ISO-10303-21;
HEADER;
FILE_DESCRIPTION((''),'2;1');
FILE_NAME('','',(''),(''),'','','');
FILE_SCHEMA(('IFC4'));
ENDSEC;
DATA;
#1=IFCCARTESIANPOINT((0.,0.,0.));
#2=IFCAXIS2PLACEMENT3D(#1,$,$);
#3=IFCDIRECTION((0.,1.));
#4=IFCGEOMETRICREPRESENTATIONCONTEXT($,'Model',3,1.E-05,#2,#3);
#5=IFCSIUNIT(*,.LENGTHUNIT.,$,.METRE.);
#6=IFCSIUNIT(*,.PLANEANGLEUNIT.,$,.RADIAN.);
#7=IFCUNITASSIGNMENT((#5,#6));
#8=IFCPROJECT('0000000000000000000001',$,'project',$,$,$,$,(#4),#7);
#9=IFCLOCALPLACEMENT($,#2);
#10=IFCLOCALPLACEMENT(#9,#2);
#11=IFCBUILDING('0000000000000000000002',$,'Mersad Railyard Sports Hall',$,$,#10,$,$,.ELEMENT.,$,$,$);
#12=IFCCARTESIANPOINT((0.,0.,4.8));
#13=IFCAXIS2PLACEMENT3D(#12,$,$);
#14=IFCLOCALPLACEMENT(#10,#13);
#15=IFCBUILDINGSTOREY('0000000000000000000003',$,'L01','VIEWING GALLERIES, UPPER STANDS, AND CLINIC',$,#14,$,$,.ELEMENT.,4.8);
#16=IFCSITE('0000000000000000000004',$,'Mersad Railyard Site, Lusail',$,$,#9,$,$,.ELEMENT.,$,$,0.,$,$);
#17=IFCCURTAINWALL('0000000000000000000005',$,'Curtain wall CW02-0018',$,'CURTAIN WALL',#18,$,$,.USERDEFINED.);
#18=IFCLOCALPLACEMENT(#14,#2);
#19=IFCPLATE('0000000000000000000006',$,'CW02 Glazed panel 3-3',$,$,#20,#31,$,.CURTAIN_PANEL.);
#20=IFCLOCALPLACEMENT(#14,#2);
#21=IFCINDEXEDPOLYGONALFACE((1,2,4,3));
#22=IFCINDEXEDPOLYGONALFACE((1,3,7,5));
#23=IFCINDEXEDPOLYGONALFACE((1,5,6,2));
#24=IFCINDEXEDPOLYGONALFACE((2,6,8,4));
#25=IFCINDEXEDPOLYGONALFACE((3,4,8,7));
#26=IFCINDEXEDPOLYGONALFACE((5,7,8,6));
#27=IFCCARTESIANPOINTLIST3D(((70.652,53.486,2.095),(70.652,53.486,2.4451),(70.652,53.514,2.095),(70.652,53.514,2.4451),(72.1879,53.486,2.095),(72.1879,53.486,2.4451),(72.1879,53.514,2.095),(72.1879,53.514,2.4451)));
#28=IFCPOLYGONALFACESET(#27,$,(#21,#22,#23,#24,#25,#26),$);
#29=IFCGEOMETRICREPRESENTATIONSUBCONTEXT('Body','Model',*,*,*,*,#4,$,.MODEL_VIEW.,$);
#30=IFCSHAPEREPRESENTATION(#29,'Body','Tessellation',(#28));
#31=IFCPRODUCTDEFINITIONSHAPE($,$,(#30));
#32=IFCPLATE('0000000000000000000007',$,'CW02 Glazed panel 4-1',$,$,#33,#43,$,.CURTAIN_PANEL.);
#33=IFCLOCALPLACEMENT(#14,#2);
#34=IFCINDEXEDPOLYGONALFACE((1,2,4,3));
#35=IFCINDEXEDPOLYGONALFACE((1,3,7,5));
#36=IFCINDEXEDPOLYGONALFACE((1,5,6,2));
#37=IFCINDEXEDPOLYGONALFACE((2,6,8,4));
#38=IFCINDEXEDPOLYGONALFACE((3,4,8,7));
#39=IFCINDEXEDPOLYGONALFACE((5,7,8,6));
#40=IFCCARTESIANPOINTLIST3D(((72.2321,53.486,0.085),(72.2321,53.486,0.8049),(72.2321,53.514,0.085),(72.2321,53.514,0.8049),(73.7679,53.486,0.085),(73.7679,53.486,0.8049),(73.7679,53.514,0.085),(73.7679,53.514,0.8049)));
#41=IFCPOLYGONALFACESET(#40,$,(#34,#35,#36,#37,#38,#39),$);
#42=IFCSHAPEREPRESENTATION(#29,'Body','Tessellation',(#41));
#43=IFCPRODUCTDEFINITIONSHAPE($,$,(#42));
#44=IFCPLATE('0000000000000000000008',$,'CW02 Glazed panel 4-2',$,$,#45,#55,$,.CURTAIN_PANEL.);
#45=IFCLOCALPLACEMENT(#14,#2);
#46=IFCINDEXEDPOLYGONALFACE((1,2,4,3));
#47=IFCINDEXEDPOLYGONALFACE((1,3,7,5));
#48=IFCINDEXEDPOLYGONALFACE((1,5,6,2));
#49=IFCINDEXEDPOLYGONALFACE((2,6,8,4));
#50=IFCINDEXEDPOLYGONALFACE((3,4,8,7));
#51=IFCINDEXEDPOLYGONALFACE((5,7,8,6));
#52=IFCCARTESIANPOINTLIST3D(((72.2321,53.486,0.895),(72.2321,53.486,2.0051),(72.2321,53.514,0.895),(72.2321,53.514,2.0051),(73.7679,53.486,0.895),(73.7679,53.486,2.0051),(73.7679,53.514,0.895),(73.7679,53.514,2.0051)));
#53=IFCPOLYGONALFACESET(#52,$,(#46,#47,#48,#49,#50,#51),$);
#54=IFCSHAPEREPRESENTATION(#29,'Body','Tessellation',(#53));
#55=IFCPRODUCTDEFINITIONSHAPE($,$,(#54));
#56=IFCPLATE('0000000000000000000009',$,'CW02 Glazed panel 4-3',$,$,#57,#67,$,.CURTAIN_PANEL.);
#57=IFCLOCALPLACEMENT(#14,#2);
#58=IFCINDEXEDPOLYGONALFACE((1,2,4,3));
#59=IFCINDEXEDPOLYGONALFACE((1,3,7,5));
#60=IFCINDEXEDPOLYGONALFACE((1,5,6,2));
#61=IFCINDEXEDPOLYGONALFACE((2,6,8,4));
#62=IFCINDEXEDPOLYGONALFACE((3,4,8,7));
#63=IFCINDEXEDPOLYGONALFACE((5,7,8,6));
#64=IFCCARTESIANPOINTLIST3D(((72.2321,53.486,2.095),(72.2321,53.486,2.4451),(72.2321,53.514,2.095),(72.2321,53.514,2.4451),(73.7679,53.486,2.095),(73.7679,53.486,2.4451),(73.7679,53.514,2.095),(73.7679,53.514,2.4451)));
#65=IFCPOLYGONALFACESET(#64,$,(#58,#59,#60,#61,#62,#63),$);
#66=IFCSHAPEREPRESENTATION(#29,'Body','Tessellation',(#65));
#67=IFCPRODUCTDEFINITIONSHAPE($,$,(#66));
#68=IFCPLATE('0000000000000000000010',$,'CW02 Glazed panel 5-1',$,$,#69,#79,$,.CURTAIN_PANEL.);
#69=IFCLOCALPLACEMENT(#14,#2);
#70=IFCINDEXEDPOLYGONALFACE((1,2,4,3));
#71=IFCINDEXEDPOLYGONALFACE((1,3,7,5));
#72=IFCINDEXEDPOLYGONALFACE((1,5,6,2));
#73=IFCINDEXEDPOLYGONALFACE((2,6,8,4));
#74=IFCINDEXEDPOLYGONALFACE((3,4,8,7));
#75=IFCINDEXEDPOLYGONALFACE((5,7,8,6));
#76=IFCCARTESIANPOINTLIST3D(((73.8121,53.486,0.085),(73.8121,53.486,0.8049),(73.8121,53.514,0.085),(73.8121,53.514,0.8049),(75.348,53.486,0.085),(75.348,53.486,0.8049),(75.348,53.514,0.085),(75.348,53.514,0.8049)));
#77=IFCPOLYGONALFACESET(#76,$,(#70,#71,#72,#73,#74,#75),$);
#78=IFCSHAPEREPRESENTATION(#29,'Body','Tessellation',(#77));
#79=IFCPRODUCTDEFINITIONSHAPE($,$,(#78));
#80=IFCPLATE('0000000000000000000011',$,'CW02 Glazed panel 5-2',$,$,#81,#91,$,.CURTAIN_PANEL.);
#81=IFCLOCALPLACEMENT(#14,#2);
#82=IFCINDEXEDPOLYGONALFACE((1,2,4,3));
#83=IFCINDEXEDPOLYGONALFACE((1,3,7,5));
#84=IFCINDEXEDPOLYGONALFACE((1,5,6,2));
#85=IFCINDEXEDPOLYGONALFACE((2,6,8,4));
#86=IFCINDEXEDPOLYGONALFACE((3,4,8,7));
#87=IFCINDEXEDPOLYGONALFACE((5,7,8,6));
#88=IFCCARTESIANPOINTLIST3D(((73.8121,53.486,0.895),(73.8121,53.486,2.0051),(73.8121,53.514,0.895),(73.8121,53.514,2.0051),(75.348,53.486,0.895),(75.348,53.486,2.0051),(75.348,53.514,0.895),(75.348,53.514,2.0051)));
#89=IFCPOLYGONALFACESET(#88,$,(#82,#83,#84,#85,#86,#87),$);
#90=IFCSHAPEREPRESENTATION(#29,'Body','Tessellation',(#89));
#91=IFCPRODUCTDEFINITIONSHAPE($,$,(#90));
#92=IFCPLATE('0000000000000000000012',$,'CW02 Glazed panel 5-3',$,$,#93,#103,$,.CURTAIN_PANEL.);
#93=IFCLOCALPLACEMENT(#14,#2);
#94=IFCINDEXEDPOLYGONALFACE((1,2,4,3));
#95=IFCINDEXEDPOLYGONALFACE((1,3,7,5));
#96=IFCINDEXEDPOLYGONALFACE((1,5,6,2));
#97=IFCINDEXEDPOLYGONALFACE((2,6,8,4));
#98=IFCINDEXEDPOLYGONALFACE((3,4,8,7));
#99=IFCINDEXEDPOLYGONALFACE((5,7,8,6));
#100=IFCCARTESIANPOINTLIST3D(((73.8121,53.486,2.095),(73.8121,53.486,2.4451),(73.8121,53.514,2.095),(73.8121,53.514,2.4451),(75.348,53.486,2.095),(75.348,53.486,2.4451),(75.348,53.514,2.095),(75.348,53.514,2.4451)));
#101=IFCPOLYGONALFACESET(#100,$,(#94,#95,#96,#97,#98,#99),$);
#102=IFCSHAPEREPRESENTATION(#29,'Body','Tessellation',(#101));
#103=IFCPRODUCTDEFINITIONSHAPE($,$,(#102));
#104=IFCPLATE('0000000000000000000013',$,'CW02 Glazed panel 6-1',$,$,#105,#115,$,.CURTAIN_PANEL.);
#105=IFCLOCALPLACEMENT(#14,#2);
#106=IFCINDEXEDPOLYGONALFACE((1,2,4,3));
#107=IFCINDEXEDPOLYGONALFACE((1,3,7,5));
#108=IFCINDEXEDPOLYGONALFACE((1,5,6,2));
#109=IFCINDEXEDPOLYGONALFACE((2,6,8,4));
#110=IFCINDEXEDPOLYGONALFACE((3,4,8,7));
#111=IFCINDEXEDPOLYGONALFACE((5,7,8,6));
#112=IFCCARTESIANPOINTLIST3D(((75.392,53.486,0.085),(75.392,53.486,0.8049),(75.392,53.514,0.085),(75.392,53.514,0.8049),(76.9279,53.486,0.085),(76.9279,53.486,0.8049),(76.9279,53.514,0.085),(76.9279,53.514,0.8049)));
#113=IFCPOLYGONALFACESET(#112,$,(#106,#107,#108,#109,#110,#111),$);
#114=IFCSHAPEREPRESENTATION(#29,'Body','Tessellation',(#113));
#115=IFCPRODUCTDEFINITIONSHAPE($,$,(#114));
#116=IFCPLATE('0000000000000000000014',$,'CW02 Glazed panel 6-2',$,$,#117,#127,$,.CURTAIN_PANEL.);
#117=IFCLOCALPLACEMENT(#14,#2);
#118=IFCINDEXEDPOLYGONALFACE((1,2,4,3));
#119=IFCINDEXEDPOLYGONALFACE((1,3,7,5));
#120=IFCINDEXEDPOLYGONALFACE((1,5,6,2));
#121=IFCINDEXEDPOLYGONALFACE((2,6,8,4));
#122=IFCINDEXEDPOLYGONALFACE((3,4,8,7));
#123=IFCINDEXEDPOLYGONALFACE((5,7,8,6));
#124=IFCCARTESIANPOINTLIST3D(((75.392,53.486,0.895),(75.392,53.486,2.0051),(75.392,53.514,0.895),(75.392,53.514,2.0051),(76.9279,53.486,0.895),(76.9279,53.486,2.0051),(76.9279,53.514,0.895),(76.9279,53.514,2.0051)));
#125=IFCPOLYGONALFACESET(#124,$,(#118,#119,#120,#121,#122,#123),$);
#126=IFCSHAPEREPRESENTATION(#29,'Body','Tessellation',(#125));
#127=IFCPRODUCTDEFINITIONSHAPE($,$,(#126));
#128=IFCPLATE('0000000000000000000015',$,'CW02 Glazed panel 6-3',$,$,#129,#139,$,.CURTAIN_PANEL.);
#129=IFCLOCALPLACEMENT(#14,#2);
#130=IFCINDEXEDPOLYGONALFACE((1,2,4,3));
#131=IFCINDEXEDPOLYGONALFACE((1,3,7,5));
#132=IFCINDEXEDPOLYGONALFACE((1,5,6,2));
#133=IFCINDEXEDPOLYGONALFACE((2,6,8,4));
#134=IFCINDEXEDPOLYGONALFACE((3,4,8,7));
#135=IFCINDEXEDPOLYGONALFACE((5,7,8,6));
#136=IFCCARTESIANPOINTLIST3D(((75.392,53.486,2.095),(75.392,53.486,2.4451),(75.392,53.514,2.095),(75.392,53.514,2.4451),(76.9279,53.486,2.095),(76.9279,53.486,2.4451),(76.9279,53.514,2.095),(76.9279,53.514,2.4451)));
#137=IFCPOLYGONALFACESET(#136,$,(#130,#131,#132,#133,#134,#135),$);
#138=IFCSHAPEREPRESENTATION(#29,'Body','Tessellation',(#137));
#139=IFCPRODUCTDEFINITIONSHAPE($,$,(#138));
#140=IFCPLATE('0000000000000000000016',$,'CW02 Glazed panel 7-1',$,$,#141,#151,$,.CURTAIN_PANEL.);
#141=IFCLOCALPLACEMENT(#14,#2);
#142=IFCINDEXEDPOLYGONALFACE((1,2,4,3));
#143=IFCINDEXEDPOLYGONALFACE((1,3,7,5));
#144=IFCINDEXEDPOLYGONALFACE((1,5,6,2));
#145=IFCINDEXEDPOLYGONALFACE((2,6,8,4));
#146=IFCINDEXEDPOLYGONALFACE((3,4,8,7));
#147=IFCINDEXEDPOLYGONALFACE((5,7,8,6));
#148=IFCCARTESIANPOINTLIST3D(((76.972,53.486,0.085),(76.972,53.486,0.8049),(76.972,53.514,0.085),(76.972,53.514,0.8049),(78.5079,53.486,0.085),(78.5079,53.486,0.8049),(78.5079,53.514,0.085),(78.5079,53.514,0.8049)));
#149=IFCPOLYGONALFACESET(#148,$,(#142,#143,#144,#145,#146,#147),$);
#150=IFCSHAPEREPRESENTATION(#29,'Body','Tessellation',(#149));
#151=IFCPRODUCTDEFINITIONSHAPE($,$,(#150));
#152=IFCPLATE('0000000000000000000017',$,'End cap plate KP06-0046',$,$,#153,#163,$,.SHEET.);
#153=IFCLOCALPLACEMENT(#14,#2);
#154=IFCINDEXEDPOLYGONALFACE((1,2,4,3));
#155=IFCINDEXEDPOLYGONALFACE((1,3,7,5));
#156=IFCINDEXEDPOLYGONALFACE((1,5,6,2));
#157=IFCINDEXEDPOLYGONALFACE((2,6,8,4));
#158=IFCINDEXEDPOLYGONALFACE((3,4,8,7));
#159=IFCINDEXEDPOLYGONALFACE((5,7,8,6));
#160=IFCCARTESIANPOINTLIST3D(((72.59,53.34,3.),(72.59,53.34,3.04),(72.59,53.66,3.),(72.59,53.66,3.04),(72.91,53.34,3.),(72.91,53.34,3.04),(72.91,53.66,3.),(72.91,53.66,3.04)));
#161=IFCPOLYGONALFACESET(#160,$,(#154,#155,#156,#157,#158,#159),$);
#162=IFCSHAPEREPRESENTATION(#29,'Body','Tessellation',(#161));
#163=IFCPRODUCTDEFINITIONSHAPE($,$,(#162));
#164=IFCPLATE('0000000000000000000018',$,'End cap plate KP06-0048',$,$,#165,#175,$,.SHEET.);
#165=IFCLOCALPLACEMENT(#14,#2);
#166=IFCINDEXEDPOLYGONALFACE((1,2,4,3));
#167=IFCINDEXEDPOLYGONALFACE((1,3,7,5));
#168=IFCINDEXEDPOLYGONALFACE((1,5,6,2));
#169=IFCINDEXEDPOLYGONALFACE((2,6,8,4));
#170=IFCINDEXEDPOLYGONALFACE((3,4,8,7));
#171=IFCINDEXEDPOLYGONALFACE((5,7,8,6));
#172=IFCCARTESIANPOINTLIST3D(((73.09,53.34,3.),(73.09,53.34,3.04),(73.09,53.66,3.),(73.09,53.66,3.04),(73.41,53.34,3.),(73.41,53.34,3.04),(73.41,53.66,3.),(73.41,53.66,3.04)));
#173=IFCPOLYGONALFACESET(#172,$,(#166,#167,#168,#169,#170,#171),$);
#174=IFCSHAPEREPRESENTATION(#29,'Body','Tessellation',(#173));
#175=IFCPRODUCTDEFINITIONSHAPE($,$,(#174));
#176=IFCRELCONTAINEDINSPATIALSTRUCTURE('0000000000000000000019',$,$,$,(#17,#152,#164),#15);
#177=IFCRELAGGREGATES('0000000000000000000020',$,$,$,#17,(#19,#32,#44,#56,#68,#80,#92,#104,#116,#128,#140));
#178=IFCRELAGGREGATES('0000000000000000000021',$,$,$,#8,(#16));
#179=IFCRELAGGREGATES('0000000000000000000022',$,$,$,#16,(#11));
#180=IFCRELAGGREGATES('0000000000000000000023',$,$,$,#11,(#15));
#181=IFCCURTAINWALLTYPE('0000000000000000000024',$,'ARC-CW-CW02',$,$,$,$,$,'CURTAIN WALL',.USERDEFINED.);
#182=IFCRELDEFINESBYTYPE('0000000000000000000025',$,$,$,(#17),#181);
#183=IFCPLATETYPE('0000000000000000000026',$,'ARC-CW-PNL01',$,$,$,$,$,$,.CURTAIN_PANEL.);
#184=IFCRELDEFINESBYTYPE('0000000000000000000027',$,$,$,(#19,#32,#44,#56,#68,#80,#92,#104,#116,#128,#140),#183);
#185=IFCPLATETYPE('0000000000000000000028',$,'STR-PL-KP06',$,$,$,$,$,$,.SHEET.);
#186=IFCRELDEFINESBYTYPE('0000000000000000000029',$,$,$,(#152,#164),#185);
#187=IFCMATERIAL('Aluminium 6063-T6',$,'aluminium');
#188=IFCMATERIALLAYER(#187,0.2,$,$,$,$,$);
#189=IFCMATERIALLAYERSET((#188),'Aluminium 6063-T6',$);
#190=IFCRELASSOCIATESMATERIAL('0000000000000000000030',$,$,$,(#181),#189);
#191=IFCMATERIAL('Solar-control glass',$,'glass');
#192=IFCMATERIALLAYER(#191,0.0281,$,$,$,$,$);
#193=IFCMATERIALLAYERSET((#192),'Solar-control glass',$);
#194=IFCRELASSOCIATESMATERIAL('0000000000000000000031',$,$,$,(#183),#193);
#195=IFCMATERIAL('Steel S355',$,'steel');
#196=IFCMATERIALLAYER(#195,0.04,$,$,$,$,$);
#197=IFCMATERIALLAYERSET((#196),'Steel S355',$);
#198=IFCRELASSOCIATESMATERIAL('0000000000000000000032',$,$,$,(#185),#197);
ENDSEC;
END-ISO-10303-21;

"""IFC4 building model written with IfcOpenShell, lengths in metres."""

from ifc_helpers import new_model, si_unit, direction, frame, origin, origin_2d, place, context, subcontext, project, spatial, rectangle, extrude, material, layer, layer_set, type_object, element, aggregate, save


model = new_model("IFC4")

# Units and contexts
model_context = context("Model", 3, precision=1e-05, world=origin(), true_north=direction((0.0, 1.0)))
body_context = subcontext(model_context, "Body", "Model", "MODEL_VIEW")
ifc_project = project(units=[si_unit("LENGTHUNIT", "METRE"), si_unit("PLANEANGLEUNIT", "RADIAN")], contexts=[model_context])

# Site, building, storey
site_placement = place(None, origin())
site = spatial("IfcSite", under=ifc_project, at=site_placement, Name="Mersad Railyard Site, Lusail", CompositionType="ELEMENT", RefElevation=0.0)
building_placement = place(site_placement, origin())
building = spatial("IfcBuilding", under=site, at=building_placement, Name="Mersad Railyard Sports Hall", CompositionType="ELEMENT")
storey_placement = place(building_placement, frame((0.0, 0.0, 4.8)))
storey = spatial("IfcBuildingStorey", under=building, at=storey_placement, Name="L01", Description="VIEWING GALLERIES, UPPER STANDS, AND CLINIC", CompositionType="ELEMENT", Elevation=4.8)

# Curtain wall
ifc_material_1 = material(Name="Aluminium 6063-T6", Category="aluminium")
ifc_layer_1 = layer(ifc_material_1, 0.2)
ifc_layer_set_1 = layer_set([ifc_layer_1], Name="Aluminium 6063-T6")
curtain_wall_type = type_object("IfcCurtainWallType", Name="ARC-CW-CW02", ElementType="CURTAIN WALL", PredefinedType="USERDEFINED", material=ifc_layer_set_1)
curtain_wall_placement = place(storey_placement, origin())
curtain_wall = element("IfcCurtainWall", 1, at=curtain_wall_placement, inside=storey, type_object=curtain_wall_type, Name="Curtain wall CW02-0018", ObjectType="CURTAIN WALL", PredefinedType="USERDEFINED")

# Plates
ifc_material_2 = material(Name="Solar-control glass", Category="glass")
ifc_layer_2 = layer(ifc_material_2, 0.0281)
ifc_layer_set_2 = layer_set([ifc_layer_2], Name="Solar-control glass")
plate_type_1 = type_object("IfcPlateType", Name="ARC-CW-PNL01", PredefinedType="CURTAIN_PANEL", material=ifc_layer_set_2)
plate_1_placement = place(storey_placement, frame((71.4199, 53.5, 2.095), z_axis=(0.0, 0.0, 1.0), x_axis=(1.0, 0.0, 0.0)))
plate_1 = element("IfcPlate", 2, at=plate_1_placement, type_object=plate_type_1, Name="CW02 Glazed panel 3-3", PredefinedType="CURTAIN_PANEL", context=body_context, shape_type="SweptSolid", body=[
    extrude(rectangle(XDim=1.5359, YDim=0.0281, at=origin_2d()), origin(), (0.0, 0.0, 1.0), 0.3501),
])
plate_2_placement = place(storey_placement, frame((73.0, 53.5, 0.085), z_axis=(0.0, 0.0, 1.0), x_axis=(1.0, 0.0, 0.0)))
plate_2 = element("IfcPlate", 3, at=plate_2_placement, type_object=plate_type_1, Name="CW02 Glazed panel 4-1", PredefinedType="CURTAIN_PANEL", context=body_context, shape_type="SweptSolid", body=[
    extrude(rectangle(XDim=1.5359, YDim=0.0281, at=origin_2d()), origin(), (0.0, 0.0, 1.0), 0.72),
])
plate_3_placement = place(storey_placement, frame((73.0, 53.5, 0.895), z_axis=(0.0, 0.0, 1.0), x_axis=(1.0, 0.0, 0.0)))
plate_3 = element("IfcPlate", 4, at=plate_3_placement, type_object=plate_type_1, Name="CW02 Glazed panel 4-2", PredefinedType="CURTAIN_PANEL", context=body_context, shape_type="SweptSolid", body=[
    extrude(rectangle(XDim=1.5359, YDim=0.0281, at=origin_2d()), origin(), (0.0, 0.0, 1.0), 1.1101),
])
plate_4_placement = place(storey_placement, frame((73.0, 53.5, 2.095), z_axis=(0.0, 0.0, 1.0), x_axis=(1.0, 0.0, 0.0)))
plate_4 = element("IfcPlate", 5, at=plate_4_placement, type_object=plate_type_1, Name="CW02 Glazed panel 4-3", PredefinedType="CURTAIN_PANEL", context=body_context, shape_type="SweptSolid", body=[
    extrude(rectangle(XDim=1.5359, YDim=0.0281, at=origin_2d()), origin(), (0.0, 0.0, 1.0), 0.3501),
])
plate_5_placement = place(storey_placement, frame((74.5801, 53.5, 0.085), z_axis=(0.0, 0.0, 1.0), x_axis=(1.0, 0.0, 0.0)))
plate_5 = element("IfcPlate", 6, at=plate_5_placement, type_object=plate_type_1, Name="CW02 Glazed panel 5-1", PredefinedType="CURTAIN_PANEL", context=body_context, shape_type="SweptSolid", body=[
    extrude(rectangle(XDim=1.5359, YDim=0.0281, at=origin_2d()), origin(), (0.0, 0.0, 1.0), 0.72),
])
plate_6_placement = place(storey_placement, frame((74.5801, 53.5, 0.895), z_axis=(0.0, 0.0, 1.0), x_axis=(1.0, 0.0, 0.0)))
plate_6 = element("IfcPlate", 7, at=plate_6_placement, type_object=plate_type_1, Name="CW02 Glazed panel 5-2", PredefinedType="CURTAIN_PANEL", context=body_context, shape_type="SweptSolid", body=[
    extrude(rectangle(XDim=1.5359, YDim=0.0281, at=origin_2d()), origin(), (0.0, 0.0, 1.0), 1.1101),
])
plate_7_placement = place(storey_placement, frame((74.5801, 53.5, 2.095), z_axis=(0.0, 0.0, 1.0), x_axis=(1.0, 0.0, 0.0)))
plate_7 = element("IfcPlate", 8, at=plate_7_placement, type_object=plate_type_1, Name="CW02 Glazed panel 5-3", PredefinedType="CURTAIN_PANEL", context=body_context, shape_type="SweptSolid", body=[
    extrude(rectangle(XDim=1.5359, YDim=0.0281, at=origin_2d()), origin(), (0.0, 0.0, 1.0), 0.3501),
])
plate_8_placement = place(storey_placement, frame((76.1599, 53.5, 0.085), z_axis=(0.0, 0.0, 1.0), x_axis=(1.0, 0.0, 0.0)))
plate_8 = element("IfcPlate", 9, at=plate_8_placement, type_object=plate_type_1, Name="CW02 Glazed panel 6-1", PredefinedType="CURTAIN_PANEL", context=body_context, shape_type="SweptSolid", body=[
    extrude(rectangle(XDim=1.5359, YDim=0.0281, at=origin_2d()), origin(), (0.0, 0.0, 1.0), 0.72),
])
plate_9_placement = place(storey_placement, frame((76.1599, 53.5, 0.895), z_axis=(0.0, 0.0, 1.0), x_axis=(1.0, 0.0, 0.0)))
plate_9 = element("IfcPlate", 10, at=plate_9_placement, type_object=plate_type_1, Name="CW02 Glazed panel 6-2", PredefinedType="CURTAIN_PANEL", context=body_context, shape_type="SweptSolid", body=[
    extrude(rectangle(XDim=1.5359, YDim=0.0281, at=origin_2d()), origin(), (0.0, 0.0, 1.0), 1.1101),
])
plate_10_placement = place(storey_placement, frame((76.1599, 53.5, 2.095), z_axis=(0.0, 0.0, 1.0), x_axis=(1.0, 0.0, 0.0)))
plate_10 = element("IfcPlate", 11, at=plate_10_placement, type_object=plate_type_1, Name="CW02 Glazed panel 6-3", PredefinedType="CURTAIN_PANEL", context=body_context, shape_type="SweptSolid", body=[
    extrude(rectangle(XDim=1.5359, YDim=0.0281, at=origin_2d()), origin(), (0.0, 0.0, 1.0), 0.3501),
])
plate_11_placement = place(storey_placement, frame((77.74, 53.5, 0.085), z_axis=(0.0, 0.0, 1.0), x_axis=(1.0, 0.0, 0.0)))
plate_11 = element("IfcPlate", 12, at=plate_11_placement, type_object=plate_type_1, Name="CW02 Glazed panel 7-1", PredefinedType="CURTAIN_PANEL", context=body_context, shape_type="SweptSolid", body=[
    extrude(rectangle(XDim=1.5359, YDim=0.0281, at=origin_2d()), origin(), (0.0, 0.0, 1.0), 0.72),
])
aggregate(curtain_wall, [plate_1, plate_2, plate_3, plate_4, plate_5, plate_6, plate_7, plate_8, plate_9, plate_10, plate_11])

# Plates
ifc_material_3 = material(Name="Steel S355", Category="steel")
ifc_layer_3 = layer(ifc_material_3, 0.04)
ifc_layer_set_3 = layer_set([ifc_layer_3], Name="Steel S355")
plate_type_2 = type_object("IfcPlateType", Name="STR-PL-KP06", PredefinedType="SHEET", material=ifc_layer_set_3)
for number, where, z_axis, x_axis, name in (
    (13, (72.75, 53.5, 3.0), (0.0, 0.0, 1.0), (1.0, 0.0, 0.0), "End cap plate KP06-0046"),
    (14, (73.25, 53.5, 3.0), (0.0, 0.0, 1.0), (1.0, 0.0, 0.0), "End cap plate KP06-0048"),
):
    element("IfcPlate", number, at=place(storey_placement, frame(where, z_axis=z_axis, x_axis=x_axis)), inside=storey, type_object=plate_type_2, Name=name, PredefinedType="SHEET", context=body_context, shape_type="SweptSolid", body=[
        extrude(rectangle(XDim=0.3201, YDim=0.3201, at=origin_2d()), origin(), (0.0, 0.0, 1.0), 0.04),
    ])

save(model, "model.ifc")
